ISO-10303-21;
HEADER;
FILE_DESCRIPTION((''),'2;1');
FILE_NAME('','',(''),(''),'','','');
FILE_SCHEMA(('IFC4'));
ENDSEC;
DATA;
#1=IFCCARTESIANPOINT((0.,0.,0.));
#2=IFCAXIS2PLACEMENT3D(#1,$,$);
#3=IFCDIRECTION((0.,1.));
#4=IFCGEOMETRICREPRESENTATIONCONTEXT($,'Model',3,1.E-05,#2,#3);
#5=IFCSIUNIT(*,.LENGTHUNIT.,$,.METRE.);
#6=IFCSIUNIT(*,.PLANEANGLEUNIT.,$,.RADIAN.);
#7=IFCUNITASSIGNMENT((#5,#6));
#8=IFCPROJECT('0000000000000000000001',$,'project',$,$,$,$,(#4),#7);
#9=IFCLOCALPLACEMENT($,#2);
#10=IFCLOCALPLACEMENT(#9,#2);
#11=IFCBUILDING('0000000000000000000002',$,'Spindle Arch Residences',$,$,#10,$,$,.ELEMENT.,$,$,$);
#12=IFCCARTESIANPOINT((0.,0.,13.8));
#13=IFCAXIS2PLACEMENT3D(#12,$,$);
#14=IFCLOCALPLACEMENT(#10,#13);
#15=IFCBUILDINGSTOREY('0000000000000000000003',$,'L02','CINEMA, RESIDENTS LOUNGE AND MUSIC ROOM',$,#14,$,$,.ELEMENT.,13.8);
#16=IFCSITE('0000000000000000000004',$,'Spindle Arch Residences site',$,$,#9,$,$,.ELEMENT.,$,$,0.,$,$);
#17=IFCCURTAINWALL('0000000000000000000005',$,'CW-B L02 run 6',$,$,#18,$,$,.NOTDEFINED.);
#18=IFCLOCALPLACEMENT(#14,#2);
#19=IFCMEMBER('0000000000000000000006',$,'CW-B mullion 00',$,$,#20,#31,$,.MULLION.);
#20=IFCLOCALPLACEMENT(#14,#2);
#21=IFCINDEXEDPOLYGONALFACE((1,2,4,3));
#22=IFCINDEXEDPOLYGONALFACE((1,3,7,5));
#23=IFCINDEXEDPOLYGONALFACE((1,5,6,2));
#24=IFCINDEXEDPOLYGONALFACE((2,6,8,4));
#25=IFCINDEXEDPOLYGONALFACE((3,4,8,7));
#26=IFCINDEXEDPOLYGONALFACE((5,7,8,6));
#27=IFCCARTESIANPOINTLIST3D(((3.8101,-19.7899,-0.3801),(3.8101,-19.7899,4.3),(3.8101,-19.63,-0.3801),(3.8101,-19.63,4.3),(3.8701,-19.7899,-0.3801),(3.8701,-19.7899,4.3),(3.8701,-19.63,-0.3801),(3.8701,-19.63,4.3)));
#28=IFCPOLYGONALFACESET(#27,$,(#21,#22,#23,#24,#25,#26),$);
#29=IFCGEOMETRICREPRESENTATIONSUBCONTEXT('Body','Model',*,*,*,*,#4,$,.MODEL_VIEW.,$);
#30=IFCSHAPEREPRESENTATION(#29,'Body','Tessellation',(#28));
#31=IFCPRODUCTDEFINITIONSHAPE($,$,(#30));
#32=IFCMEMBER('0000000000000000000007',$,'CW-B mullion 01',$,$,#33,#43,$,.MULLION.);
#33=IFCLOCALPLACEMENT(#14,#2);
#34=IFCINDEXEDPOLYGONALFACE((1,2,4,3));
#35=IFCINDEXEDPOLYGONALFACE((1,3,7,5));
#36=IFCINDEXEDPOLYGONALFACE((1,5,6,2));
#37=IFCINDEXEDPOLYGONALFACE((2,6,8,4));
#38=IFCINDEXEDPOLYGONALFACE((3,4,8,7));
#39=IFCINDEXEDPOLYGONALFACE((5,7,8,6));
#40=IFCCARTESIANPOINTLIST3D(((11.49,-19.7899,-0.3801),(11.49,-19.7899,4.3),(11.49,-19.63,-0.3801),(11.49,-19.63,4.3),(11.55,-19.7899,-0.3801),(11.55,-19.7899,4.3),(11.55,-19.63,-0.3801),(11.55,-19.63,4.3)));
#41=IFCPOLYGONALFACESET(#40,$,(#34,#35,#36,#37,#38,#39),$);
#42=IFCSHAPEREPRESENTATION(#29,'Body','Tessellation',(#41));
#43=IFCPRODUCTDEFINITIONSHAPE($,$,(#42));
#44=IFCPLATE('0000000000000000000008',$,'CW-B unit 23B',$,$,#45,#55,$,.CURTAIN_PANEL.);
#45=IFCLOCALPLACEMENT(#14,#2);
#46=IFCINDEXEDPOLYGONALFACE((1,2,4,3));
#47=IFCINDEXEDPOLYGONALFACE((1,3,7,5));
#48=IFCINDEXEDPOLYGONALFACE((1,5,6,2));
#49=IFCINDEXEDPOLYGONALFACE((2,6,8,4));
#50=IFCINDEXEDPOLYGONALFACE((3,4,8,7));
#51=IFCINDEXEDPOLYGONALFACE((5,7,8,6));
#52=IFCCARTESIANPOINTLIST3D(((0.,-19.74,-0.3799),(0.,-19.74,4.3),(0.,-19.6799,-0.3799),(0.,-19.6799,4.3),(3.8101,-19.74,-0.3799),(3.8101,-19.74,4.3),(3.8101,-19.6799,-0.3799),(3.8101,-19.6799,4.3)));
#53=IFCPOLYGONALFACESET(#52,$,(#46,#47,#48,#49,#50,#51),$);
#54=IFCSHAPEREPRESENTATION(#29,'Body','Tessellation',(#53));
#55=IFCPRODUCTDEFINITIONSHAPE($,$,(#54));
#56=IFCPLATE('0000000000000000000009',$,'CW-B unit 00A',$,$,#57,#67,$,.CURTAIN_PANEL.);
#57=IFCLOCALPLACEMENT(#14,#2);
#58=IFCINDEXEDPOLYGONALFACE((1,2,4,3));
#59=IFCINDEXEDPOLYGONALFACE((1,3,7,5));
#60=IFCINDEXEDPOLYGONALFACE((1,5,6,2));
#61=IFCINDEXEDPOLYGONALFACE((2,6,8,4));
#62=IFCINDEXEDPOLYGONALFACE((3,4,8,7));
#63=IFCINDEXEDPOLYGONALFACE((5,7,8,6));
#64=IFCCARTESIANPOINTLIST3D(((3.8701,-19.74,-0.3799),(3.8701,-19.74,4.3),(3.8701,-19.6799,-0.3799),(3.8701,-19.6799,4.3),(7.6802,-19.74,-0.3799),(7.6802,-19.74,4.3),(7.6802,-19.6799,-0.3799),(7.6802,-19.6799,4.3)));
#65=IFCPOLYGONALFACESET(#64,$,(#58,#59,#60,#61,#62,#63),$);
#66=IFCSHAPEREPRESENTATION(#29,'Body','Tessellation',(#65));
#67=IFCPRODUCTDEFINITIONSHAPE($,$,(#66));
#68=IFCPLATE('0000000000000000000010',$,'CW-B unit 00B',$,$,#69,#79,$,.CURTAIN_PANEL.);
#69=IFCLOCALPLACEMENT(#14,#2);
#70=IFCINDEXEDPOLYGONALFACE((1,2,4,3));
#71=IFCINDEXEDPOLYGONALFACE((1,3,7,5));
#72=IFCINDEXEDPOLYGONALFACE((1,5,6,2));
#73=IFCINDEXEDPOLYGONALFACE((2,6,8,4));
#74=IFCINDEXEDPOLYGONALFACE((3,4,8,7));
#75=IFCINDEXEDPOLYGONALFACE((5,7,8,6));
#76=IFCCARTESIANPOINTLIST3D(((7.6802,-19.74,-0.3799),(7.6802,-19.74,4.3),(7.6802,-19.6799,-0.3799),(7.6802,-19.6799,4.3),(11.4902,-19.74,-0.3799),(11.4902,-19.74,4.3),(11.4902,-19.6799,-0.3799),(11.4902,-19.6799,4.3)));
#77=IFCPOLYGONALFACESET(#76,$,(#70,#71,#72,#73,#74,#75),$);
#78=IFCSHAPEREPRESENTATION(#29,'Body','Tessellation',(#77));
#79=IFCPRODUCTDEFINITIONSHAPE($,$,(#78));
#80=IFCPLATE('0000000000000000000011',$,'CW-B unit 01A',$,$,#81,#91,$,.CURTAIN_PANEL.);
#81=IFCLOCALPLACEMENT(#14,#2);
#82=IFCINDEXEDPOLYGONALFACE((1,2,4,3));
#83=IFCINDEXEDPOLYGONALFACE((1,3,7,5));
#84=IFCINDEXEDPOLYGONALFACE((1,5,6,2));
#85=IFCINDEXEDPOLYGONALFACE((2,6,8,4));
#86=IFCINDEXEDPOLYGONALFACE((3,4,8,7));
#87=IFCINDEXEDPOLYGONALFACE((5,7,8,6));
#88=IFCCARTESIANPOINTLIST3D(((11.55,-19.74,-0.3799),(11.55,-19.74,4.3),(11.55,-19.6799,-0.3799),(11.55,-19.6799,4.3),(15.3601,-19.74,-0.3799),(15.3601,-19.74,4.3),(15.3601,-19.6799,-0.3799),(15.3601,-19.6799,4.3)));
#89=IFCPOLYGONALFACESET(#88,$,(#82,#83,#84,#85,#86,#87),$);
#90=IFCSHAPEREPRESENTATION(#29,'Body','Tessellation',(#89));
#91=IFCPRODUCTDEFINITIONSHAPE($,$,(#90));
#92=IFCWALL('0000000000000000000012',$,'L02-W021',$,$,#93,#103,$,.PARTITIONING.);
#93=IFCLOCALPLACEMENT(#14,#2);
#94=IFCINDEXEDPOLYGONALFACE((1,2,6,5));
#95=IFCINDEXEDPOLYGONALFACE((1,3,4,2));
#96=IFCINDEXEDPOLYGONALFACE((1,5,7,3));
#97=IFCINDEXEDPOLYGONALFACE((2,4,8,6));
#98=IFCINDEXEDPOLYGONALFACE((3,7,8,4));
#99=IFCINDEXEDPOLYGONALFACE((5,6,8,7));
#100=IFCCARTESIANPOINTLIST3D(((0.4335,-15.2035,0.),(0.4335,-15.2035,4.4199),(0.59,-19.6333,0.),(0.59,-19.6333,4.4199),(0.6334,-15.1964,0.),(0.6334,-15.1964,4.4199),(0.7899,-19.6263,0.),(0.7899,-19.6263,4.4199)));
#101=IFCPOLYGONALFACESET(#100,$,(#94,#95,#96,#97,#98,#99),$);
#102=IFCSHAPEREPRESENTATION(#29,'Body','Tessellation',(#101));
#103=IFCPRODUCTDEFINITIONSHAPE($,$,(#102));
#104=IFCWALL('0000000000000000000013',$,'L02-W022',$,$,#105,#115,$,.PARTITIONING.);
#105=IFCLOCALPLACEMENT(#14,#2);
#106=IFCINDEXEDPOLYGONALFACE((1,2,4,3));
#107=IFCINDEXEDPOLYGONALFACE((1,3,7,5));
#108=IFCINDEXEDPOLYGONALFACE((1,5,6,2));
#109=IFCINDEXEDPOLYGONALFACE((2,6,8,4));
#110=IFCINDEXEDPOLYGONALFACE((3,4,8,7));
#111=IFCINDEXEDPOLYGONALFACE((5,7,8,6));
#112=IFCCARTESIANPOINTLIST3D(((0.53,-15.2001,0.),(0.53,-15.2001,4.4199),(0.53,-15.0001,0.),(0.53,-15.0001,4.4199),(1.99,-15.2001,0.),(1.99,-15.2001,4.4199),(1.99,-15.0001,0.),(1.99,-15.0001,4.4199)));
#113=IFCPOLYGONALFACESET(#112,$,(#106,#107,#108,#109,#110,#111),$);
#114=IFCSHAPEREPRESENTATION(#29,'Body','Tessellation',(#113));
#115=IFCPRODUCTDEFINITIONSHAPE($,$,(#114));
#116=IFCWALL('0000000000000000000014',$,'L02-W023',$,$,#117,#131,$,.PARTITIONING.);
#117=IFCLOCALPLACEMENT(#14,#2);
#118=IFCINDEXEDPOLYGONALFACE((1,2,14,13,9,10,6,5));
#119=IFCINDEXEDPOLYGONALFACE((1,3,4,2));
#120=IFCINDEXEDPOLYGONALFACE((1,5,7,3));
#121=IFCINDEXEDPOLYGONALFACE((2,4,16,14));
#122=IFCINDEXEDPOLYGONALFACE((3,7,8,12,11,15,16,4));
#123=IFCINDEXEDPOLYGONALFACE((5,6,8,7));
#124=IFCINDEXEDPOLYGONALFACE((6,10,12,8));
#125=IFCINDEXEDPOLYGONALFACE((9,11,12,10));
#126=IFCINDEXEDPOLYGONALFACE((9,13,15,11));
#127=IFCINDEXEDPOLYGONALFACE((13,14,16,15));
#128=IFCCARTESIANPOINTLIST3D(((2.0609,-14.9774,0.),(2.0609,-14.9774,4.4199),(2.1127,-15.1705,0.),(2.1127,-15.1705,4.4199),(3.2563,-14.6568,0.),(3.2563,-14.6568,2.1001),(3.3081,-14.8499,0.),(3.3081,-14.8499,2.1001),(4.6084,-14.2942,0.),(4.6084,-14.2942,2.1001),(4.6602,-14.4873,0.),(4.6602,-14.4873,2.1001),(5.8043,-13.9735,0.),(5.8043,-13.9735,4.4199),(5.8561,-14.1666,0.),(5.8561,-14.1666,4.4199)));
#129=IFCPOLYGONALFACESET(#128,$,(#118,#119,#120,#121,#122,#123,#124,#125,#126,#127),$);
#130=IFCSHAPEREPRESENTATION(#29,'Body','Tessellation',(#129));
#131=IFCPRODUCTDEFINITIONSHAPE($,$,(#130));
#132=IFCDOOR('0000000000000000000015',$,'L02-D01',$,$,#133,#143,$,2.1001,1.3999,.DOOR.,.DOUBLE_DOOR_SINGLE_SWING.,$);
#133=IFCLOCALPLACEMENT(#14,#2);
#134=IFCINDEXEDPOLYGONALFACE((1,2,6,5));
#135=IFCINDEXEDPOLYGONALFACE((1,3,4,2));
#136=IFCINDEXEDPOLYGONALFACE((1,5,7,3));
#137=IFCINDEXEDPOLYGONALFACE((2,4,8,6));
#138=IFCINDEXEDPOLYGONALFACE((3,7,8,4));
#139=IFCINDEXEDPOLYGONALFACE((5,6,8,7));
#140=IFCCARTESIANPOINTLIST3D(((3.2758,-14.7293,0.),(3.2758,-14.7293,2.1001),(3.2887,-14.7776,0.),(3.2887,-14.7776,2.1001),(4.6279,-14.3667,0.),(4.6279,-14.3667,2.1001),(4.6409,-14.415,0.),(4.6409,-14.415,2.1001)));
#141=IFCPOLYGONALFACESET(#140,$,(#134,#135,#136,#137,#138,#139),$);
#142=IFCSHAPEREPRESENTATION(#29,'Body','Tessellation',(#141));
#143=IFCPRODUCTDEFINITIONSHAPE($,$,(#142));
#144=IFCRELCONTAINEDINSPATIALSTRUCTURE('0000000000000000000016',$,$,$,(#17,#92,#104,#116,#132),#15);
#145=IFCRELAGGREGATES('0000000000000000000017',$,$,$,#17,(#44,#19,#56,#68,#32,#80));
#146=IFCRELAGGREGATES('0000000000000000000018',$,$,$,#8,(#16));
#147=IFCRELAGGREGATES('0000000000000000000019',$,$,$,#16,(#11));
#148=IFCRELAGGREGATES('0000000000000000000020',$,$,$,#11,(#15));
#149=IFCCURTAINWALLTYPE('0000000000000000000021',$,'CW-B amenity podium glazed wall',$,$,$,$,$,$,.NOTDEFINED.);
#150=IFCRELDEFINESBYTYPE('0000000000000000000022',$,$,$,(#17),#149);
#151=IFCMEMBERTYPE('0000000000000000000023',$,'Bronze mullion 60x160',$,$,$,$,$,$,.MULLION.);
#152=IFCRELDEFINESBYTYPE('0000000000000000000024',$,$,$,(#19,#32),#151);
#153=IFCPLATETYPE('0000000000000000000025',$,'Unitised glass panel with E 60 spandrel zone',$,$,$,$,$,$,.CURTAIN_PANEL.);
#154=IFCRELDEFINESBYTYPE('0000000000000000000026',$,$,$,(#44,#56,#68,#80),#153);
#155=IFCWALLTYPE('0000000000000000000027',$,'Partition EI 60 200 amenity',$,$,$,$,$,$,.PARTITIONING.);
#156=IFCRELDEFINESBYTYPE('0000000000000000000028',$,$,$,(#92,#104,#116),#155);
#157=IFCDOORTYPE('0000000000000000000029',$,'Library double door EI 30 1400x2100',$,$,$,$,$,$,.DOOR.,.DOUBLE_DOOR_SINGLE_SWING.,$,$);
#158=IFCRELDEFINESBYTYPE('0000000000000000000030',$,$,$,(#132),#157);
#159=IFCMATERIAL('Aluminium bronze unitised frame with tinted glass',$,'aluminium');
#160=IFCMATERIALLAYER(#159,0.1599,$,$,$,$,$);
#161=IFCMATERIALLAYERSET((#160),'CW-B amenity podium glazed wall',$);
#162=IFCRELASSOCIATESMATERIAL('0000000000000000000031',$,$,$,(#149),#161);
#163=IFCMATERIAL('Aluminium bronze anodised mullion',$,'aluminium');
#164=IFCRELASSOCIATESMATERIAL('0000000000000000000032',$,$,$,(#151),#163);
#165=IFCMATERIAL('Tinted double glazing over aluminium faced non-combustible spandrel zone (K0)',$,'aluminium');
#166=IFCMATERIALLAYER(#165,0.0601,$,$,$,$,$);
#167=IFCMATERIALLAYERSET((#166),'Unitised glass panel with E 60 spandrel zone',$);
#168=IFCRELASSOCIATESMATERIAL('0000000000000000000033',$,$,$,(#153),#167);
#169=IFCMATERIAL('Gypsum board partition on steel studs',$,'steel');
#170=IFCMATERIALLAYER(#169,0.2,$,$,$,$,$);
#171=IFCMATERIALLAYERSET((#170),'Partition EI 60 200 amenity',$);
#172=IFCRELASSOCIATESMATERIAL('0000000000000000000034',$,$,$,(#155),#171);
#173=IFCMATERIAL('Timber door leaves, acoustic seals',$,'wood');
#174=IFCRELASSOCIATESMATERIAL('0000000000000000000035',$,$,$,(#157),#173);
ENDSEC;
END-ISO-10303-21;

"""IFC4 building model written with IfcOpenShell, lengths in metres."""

from ifc_helpers import new_model, si_unit, direction, frame, frame_2d, origin, origin_2d, place, context, subcontext, project, spatial, rectangle, extrude, material, layer, layer_set, material_profile, profile_set, type_object, element, fill, aggregate, save


model = new_model("IFC4")

# Units and contexts
model_context = context("Model", 3, precision=1e-05, world=origin(), true_north=direction((0.0, 1.0)))
body_context = subcontext(model_context, "Body", "Model", "MODEL_VIEW")
ifc_project = project(units=[si_unit("LENGTHUNIT", "METRE"), si_unit("PLANEANGLEUNIT", "RADIAN")], contexts=[model_context])

# Site, building, storey
site_placement = place(None, origin())
site = spatial("IfcSite", under=ifc_project, at=site_placement, Name="Spindle Arch Residences site", CompositionType="ELEMENT", RefElevation=0.0)
building_placement = place(site_placement, origin())
building = spatial("IfcBuilding", under=site, at=building_placement, Name="Spindle Arch Residences", CompositionType="ELEMENT")
storey_placement = place(building_placement, frame((0.0, 0.0, 13.8)))
storey = spatial("IfcBuildingStorey", under=building, at=storey_placement, Name="L02", Description="CINEMA, RESIDENTS LOUNGE AND MUSIC ROOM", CompositionType="ELEMENT", Elevation=13.8)

# Curtain wall, members, plates
ifc_material_1 = material(Name="Aluminium bronze unitised frame with tinted glass", Category="aluminium")
ifc_layer_1 = layer(ifc_material_1, 0.1599)
ifc_layer_set_1 = layer_set([ifc_layer_1], Name="CW-B amenity podium glazed wall")
curtain_wall_type = type_object("IfcCurtainWallType", Name="CW-B amenity podium glazed wall", PredefinedType="NOTDEFINED", material=ifc_layer_set_1)
curtain_wall_placement = place(storey_placement, origin())
curtain_wall = element("IfcCurtainWall", 1, at=curtain_wall_placement, inside=storey, type_object=curtain_wall_type, Name="CW-B L02 run 6", PredefinedType="NOTDEFINED")
ifc_material_2 = material(Name="Aluminium bronze anodised mullion", Category="aluminium")
ifc_material_profile_1 = material_profile(ifc_material_2, rectangle(XDim=0.1599, YDim=0.0601, at=origin_2d()), Name="MU 60x160")
ifc_profile_set_1 = profile_set([ifc_material_profile_1], Name="Aluminium bronze anodised mullion")
member_type_1 = type_object("IfcMemberType", Name="Bronze mullion 60x160", PredefinedType="MULLION", material=ifc_profile_set_1)
member_1_placement = place(storey_placement, frame((3.8401, -19.71, -0.3801), z_axis=(0.0, 0.0, 1.0), x_axis=(0.0, 1.0, 0.0)))
member_1 = element("IfcMember", 2, at=member_1_placement, type_object=member_type_1, Name="CW-B mullion 00", PredefinedType="MULLION", context=body_context, shape_type="SweptSolid", body=[
    extrude(rectangle(XDim=0.1599, YDim=0.0601, at=origin_2d()), origin(), (0.0, 0.0, 1.0), 4.6802),
])
member_2_placement = place(storey_placement, frame((11.52, -19.71, -0.3801), z_axis=(0.0, 0.0, 1.0), x_axis=(0.0, 1.0, 0.0)))
member_2 = element("IfcMember", 3, at=member_2_placement, type_object=member_type_1, Name="CW-B mullion 01", PredefinedType="MULLION", context=body_context, shape_type="SweptSolid", body=[
    extrude(rectangle(XDim=0.1599, YDim=0.0601, at=origin_2d()), origin(), (0.0, 0.0, 1.0), 4.6802),
])
ifc_material_3 = material(Name="Tinted double glazing over aluminium faced non-combustible spandrel zone (K0)", Category="aluminium")
ifc_layer_2 = layer(ifc_material_3, 0.0601)
ifc_layer_set_2 = layer_set([ifc_layer_2], Name="Unitised glass panel with E 60 spandrel zone")
plate_type = type_object("IfcPlateType", Name="Unitised glass panel with E 60 spandrel zone", PredefinedType="CURTAIN_PANEL", material=ifc_layer_set_2)
plate_1_placement = place(storey_placement, frame((1.905, -19.71, -0.3799), z_axis=(0.0, 0.0, 1.0), x_axis=(1.0, 0.0, 0.0)))
plate_1 = element("IfcPlate", 4, at=plate_1_placement, type_object=plate_type, Name="CW-B unit 23B", PredefinedType="CURTAIN_PANEL", context=body_context, shape_type="SweptSolid", body=[
    extrude(rectangle(XDim=3.8101, YDim=0.0601, at=origin_2d()), origin(), (0.0, 0.0, 1.0), 4.6799),
])
plate_2_placement = place(storey_placement, frame((5.7751, -19.71, -0.3799), z_axis=(0.0, 0.0, 1.0), x_axis=(1.0, 0.0, 0.0)))
plate_2 = element("IfcPlate", 5, at=plate_2_placement, type_object=plate_type, Name="CW-B unit 00A", PredefinedType="CURTAIN_PANEL", context=body_context, shape_type="SweptSolid", body=[
    extrude(rectangle(XDim=3.8101, YDim=0.0601, at=origin_2d()), origin(), (0.0, 0.0, 1.0), 4.6799),
])
plate_3_placement = place(storey_placement, frame((9.5852, -19.71, -0.3799), z_axis=(0.0, 0.0, 1.0), x_axis=(1.0, 0.0, 0.0)))
plate_3 = element("IfcPlate", 6, at=plate_3_placement, type_object=plate_type, Name="CW-B unit 00B", PredefinedType="CURTAIN_PANEL", context=body_context, shape_type="SweptSolid", body=[
    extrude(rectangle(XDim=3.8101, YDim=0.0601, at=origin_2d()), origin(), (0.0, 0.0, 1.0), 4.6799),
])
plate_4_placement = place(storey_placement, frame((13.4551, -19.71, -0.3799), z_axis=(0.0, 0.0, 1.0), x_axis=(1.0, 0.0, 0.0)))
plate_4 = element("IfcPlate", 7, at=plate_4_placement, type_object=plate_type, Name="CW-B unit 01A", PredefinedType="CURTAIN_PANEL", context=body_context, shape_type="SweptSolid", body=[
    extrude(rectangle(XDim=3.8101, YDim=0.0601, at=origin_2d()), origin(), (0.0, 0.0, 1.0), 4.6799),
])
aggregate(curtain_wall, [plate_1, member_1, plate_2, plate_3, member_2, plate_4])

# Walls
ifc_material_4 = material(Name="Gypsum board partition on steel studs", Category="steel")
ifc_layer_3 = layer(ifc_material_4, 0.2)
ifc_layer_set_3 = layer_set([ifc_layer_3], Name="Partition EI 60 200 amenity")
wall_type = type_object("IfcWallType", Name="Partition EI 60 200 amenity", PredefinedType="PARTITIONING", material=ifc_layer_set_3)
wall_1_placement = place(storey_placement, frame((0.5334, -15.2, 0.0), z_axis=(0.0, 0.0, 1.0), x_axis=(0.035305, -0.999377, 0.0)))
element("IfcWall", 8, at=wall_1_placement, inside=storey, type_object=wall_type, Name="L02-W021", PredefinedType="PARTITIONING", context=body_context, shape_type="SweptSolid", body=[
    extrude(rectangle(XDim=4.4326, YDim=0.2, at=frame_2d((2.2163, 0.0))), origin(), (0.0, 0.0, 1.0), 4.4199),
])
wall_2_placement = place(storey_placement, frame((0.53, -15.1001, 0.0), z_axis=(0.0, 0.0, 1.0), x_axis=(1.0, 0.0, 0.0)))
element("IfcWall", 9, at=wall_2_placement, inside=storey, type_object=wall_type, Name="L02-W022", PredefinedType="PARTITIONING", context=body_context, shape_type="SweptSolid", body=[
    extrude(rectangle(XDim=1.46, YDim=0.2, at=frame_2d((0.73, 0.0))), origin(), (0.0, 0.0, 1.0), 4.4199),
])

# Wall, opening, door
wall_3_placement = place(storey_placement, frame((2.0867, -15.074, 0.0), z_axis=(0.0, 0.0, 1.0), x_axis=(0.96587, 0.259027, 0.0)))
wall_3 = element("IfcWall", 10, at=wall_3_placement, inside=storey, type_object=wall_type, Name="L02-W023", PredefinedType="PARTITIONING", context=body_context, shape_type="SweptSolid", body=[
    extrude(rectangle(XDim=3.8757, YDim=0.2, at=frame_2d((1.938, 0.0))), origin(), (0.0, 0.0, 1.0), 4.4199),
])
opening_placement = place(wall_3_placement, frame((1.2378, 0.0, 0.0)))
opening = element("IfcOpeningElement", 11, at=opening_placement, cuts=wall_3, PredefinedType="OPENING", context=body_context, shape_type="SweptSolid", body=[
    extrude(rectangle(XDim=1.3999, YDim=2.1001, at=frame_2d((0.7, 1.05))), frame((0.0, 0.1099, 0.0), z_axis=(0.0, -1.0, 0.0), x_axis=(1.0, 0.0, 0.0)), (0.0, 0.0, 1.0), 0.22),
])
ifc_material_5 = material(Name="Timber door leaves, acoustic seals", Category="wood")
door_type = type_object("IfcDoorType", Name="Library double door EI 30 1400x2100", OperationType="DOUBLE_DOOR_SINGLE_SWING", PredefinedType="DOOR", material=ifc_material_5)
door_placement = place(opening_placement, origin())
door = element("IfcDoor", 12, at=door_placement, inside=storey, type_object=door_type, Name="L02-D01", OperationType="DOUBLE_DOOR_SINGLE_SWING", OverallHeight=2.1001, OverallWidth=1.3999, PredefinedType="DOOR", context=body_context, shape_type="SweptSolid", body=[
    extrude(rectangle(XDim=1.3999, YDim=2.1001, at=frame_2d((0.7, 1.05))), frame((0.0, 0.0249, 0.0), z_axis=(0.0, -1.0, 0.0), x_axis=(1.0, 0.0, 0.0)), (0.0, 0.0, 1.0), 0.05),
])
fill(opening, door)

save(model, "model.ifc")
